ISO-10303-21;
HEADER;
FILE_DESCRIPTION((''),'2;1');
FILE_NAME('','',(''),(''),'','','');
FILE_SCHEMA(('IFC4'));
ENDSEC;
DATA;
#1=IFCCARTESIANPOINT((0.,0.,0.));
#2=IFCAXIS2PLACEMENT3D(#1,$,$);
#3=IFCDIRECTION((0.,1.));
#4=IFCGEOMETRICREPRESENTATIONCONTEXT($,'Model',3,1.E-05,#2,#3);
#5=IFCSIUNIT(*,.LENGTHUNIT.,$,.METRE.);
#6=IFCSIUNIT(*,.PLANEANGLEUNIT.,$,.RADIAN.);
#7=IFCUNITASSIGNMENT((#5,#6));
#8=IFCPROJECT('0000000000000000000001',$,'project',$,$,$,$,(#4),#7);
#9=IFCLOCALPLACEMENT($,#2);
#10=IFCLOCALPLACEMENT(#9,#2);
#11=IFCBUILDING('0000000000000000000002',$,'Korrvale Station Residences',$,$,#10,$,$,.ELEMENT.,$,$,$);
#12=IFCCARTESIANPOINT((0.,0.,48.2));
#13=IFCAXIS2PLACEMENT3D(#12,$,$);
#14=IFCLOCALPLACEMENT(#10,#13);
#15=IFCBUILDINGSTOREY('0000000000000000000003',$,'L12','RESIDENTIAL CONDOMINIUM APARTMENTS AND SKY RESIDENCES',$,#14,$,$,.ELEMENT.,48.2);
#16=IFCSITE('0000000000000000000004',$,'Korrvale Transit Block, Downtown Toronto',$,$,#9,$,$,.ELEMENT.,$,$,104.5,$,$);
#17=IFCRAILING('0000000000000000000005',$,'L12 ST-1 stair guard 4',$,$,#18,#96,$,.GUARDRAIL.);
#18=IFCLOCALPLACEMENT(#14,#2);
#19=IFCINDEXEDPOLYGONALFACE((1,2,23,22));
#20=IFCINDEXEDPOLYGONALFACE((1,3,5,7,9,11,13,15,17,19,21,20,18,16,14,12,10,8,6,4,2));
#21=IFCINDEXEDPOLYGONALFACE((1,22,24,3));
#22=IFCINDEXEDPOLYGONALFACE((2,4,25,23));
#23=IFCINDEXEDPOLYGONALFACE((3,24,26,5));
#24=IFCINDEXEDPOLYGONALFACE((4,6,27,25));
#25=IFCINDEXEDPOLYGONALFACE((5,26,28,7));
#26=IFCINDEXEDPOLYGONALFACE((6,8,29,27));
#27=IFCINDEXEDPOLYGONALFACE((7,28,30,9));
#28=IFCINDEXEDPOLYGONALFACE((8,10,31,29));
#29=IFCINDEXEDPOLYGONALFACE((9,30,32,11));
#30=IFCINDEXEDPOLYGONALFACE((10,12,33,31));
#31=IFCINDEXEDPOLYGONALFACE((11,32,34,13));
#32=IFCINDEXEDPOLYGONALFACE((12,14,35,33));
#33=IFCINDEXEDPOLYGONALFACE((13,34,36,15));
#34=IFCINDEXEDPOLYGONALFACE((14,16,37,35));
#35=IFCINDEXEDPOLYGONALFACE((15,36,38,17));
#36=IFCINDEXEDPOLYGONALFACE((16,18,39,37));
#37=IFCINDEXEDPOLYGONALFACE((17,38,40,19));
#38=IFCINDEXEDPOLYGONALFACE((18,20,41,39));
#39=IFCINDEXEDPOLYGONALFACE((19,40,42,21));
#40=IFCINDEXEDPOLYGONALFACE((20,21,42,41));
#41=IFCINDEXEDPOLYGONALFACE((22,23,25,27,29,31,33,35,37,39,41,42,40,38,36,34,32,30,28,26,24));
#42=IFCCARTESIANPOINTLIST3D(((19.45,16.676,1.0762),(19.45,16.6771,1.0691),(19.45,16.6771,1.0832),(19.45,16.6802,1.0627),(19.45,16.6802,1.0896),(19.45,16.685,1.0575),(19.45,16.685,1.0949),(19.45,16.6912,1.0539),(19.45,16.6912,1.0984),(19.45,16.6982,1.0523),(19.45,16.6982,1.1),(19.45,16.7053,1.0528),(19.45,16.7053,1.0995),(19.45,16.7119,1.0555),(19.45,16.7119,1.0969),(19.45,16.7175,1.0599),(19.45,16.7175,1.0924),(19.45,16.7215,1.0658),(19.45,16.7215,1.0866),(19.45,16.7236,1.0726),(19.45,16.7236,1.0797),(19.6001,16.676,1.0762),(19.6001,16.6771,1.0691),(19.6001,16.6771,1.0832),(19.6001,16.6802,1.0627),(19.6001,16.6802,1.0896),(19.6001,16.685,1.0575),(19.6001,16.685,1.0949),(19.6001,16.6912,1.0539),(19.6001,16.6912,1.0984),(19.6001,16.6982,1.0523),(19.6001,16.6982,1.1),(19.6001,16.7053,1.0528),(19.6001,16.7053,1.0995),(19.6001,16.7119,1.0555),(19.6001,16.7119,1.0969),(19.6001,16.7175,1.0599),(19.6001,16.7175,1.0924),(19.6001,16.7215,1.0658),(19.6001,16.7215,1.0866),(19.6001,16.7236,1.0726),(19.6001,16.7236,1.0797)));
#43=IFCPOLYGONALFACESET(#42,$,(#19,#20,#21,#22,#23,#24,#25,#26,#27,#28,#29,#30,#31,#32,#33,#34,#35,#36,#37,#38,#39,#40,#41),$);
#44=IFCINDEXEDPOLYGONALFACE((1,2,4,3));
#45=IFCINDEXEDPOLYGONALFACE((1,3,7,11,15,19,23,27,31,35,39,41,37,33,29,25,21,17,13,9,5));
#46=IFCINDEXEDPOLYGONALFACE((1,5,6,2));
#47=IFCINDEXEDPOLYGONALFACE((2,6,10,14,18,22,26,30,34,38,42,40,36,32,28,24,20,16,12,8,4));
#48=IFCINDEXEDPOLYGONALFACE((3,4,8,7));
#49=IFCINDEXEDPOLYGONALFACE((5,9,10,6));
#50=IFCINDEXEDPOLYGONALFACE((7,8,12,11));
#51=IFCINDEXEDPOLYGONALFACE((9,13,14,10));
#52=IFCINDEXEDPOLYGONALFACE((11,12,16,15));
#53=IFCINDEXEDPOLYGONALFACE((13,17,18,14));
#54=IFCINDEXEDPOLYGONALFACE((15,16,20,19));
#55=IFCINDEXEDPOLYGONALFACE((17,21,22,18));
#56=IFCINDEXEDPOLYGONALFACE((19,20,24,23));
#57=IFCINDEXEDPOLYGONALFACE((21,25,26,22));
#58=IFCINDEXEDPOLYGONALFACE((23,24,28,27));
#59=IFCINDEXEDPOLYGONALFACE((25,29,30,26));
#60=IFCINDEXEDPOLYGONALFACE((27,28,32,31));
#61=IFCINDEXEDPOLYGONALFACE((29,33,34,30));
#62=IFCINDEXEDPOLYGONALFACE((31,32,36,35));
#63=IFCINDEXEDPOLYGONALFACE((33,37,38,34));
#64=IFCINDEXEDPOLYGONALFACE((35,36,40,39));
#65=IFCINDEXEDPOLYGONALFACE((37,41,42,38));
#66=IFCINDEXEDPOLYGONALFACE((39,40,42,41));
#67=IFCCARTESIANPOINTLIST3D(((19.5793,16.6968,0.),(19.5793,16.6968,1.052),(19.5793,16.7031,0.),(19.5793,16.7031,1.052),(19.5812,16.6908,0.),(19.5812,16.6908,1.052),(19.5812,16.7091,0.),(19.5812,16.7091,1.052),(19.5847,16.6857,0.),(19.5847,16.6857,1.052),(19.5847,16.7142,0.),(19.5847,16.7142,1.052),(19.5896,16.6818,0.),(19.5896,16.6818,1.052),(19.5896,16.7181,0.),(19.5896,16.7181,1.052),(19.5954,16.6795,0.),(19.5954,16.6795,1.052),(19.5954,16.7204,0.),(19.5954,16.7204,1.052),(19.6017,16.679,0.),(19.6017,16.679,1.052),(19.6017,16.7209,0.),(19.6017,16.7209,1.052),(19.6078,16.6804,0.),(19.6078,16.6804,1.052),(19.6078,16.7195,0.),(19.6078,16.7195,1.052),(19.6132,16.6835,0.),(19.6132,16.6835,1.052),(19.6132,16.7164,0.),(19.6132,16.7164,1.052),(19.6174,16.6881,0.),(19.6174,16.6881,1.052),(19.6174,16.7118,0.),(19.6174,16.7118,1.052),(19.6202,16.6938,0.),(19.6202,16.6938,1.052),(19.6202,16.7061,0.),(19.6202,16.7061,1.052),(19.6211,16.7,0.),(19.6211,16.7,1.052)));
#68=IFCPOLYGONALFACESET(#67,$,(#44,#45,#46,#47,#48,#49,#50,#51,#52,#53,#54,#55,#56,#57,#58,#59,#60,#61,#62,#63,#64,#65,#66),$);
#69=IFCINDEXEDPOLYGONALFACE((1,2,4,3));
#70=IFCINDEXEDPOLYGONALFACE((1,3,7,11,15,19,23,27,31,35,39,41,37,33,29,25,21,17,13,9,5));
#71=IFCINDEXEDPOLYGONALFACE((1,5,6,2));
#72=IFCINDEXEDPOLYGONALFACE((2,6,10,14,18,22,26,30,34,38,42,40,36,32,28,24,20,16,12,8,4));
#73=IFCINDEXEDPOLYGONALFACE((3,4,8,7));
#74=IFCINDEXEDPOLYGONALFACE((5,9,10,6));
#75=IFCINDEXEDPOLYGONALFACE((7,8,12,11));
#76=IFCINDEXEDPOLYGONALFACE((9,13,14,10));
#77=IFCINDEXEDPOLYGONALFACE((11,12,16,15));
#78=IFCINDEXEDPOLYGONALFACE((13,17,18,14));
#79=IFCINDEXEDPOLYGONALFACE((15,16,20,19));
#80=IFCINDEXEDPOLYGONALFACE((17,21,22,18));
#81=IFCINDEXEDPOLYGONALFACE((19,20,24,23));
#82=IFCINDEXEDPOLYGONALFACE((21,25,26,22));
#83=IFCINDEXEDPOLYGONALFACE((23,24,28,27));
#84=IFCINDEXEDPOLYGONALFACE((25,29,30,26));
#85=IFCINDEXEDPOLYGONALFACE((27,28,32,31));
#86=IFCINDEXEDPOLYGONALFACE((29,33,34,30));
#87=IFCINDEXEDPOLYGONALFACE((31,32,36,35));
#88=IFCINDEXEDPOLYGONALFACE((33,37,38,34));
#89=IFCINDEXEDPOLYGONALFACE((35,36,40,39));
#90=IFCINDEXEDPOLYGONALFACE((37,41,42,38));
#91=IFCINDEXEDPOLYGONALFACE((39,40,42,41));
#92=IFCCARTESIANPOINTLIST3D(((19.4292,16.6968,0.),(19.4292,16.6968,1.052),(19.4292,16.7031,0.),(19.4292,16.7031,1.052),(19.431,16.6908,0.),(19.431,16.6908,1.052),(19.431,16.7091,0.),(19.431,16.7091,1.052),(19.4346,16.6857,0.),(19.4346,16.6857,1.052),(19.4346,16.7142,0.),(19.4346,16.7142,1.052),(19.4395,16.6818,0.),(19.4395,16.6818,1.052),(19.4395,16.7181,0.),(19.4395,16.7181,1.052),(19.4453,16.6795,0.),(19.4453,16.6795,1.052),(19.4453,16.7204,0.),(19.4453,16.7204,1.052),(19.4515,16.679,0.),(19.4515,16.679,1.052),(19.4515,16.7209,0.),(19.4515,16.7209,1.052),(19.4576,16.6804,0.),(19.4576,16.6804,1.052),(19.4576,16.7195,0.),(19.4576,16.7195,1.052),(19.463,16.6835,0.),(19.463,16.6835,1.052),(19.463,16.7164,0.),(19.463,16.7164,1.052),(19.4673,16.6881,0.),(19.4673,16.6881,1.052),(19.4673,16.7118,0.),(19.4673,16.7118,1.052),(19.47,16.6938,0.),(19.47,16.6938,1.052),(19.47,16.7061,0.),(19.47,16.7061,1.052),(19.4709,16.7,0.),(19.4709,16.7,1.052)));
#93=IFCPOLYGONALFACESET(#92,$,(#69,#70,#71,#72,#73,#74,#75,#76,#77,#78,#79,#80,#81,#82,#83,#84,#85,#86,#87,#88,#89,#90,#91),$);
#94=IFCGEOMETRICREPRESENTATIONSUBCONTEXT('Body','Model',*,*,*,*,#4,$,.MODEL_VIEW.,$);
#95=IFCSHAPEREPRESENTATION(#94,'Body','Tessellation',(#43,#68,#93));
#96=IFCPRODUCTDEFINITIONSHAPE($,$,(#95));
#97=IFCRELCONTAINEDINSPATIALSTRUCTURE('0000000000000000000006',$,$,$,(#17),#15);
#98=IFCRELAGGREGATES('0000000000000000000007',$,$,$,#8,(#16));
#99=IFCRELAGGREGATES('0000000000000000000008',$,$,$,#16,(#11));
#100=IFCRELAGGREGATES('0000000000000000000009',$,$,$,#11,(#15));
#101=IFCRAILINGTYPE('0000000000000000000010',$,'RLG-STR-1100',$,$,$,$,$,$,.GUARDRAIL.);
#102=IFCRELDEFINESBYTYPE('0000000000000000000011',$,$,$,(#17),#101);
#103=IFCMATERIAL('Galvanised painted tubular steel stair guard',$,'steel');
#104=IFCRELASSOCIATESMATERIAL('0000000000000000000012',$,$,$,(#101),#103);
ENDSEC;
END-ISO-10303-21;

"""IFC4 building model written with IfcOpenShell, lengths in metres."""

from ifc_helpers import new_model, si_unit, direction, frame, origin, origin_2d, place, context, subcontext, project, spatial, circle, extrude, material, type_object, element, save


model = new_model("IFC4")

# Units and contexts
model_context = context("Model", 3, precision=1e-05, world=origin(), true_north=direction((0.0, 1.0)))
body_context = subcontext(model_context, "Body", "Model", "MODEL_VIEW")
ifc_project = project(units=[si_unit("LENGTHUNIT", "METRE"), si_unit("PLANEANGLEUNIT", "RADIAN")], contexts=[model_context])

# Site, building, storey
site_placement = place(None, origin())
site = spatial("IfcSite", under=ifc_project, at=site_placement, Name="Korrvale Transit Block, Downtown Toronto", CompositionType="ELEMENT", RefElevation=104.5)
building_placement = place(site_placement, origin())
building = spatial("IfcBuilding", under=site, at=building_placement, Name="Korrvale Station Residences", CompositionType="ELEMENT")
storey_placement = place(building_placement, frame((0.0, 0.0, 48.2)))
storey = spatial("IfcBuildingStorey", under=building, at=storey_placement, Name="L12", Description="RESIDENTIAL CONDOMINIUM APARTMENTS AND SKY RESIDENCES", CompositionType="ELEMENT", Elevation=48.2)

# Railing
ifc_material_1 = material(Name="Galvanised painted tubular steel stair guard", Category="steel")
railing_type_1 = type_object("IfcRailingType", Name="RLG-STR-1100", PredefinedType="GUARDRAIL", material=ifc_material_1)
railing_1_placement = place(storey_placement, frame((19.6001, 16.7, 0.0)))
element("IfcRailing", 1, at=railing_1_placement, inside=storey, type_object=railing_type_1, Name="L12 ST-1 stair guard 4", PredefinedType="GUARDRAIL", context=body_context, shape_type="SweptSolid", body=[
    extrude(circle(Radius=0.0239, at=origin_2d()), frame((0.0, 0.0, 1.0762), z_axis=(-1.0, 0.0, 0.0), x_axis=(0.0, -1.0, 0.0)), (0.0, 0.0, 1.0), 0.1501),
    extrude(circle(Radius=0.021, at=origin_2d()), origin(), (0.0, 0.0, 1.0), 1.052),
    extrude(circle(Radius=0.021, at=origin_2d()), frame((-0.1501, 0.0, 0.0)), (0.0, 0.0, 1.0), 1.052),
])

save(model, "model.ifc")
